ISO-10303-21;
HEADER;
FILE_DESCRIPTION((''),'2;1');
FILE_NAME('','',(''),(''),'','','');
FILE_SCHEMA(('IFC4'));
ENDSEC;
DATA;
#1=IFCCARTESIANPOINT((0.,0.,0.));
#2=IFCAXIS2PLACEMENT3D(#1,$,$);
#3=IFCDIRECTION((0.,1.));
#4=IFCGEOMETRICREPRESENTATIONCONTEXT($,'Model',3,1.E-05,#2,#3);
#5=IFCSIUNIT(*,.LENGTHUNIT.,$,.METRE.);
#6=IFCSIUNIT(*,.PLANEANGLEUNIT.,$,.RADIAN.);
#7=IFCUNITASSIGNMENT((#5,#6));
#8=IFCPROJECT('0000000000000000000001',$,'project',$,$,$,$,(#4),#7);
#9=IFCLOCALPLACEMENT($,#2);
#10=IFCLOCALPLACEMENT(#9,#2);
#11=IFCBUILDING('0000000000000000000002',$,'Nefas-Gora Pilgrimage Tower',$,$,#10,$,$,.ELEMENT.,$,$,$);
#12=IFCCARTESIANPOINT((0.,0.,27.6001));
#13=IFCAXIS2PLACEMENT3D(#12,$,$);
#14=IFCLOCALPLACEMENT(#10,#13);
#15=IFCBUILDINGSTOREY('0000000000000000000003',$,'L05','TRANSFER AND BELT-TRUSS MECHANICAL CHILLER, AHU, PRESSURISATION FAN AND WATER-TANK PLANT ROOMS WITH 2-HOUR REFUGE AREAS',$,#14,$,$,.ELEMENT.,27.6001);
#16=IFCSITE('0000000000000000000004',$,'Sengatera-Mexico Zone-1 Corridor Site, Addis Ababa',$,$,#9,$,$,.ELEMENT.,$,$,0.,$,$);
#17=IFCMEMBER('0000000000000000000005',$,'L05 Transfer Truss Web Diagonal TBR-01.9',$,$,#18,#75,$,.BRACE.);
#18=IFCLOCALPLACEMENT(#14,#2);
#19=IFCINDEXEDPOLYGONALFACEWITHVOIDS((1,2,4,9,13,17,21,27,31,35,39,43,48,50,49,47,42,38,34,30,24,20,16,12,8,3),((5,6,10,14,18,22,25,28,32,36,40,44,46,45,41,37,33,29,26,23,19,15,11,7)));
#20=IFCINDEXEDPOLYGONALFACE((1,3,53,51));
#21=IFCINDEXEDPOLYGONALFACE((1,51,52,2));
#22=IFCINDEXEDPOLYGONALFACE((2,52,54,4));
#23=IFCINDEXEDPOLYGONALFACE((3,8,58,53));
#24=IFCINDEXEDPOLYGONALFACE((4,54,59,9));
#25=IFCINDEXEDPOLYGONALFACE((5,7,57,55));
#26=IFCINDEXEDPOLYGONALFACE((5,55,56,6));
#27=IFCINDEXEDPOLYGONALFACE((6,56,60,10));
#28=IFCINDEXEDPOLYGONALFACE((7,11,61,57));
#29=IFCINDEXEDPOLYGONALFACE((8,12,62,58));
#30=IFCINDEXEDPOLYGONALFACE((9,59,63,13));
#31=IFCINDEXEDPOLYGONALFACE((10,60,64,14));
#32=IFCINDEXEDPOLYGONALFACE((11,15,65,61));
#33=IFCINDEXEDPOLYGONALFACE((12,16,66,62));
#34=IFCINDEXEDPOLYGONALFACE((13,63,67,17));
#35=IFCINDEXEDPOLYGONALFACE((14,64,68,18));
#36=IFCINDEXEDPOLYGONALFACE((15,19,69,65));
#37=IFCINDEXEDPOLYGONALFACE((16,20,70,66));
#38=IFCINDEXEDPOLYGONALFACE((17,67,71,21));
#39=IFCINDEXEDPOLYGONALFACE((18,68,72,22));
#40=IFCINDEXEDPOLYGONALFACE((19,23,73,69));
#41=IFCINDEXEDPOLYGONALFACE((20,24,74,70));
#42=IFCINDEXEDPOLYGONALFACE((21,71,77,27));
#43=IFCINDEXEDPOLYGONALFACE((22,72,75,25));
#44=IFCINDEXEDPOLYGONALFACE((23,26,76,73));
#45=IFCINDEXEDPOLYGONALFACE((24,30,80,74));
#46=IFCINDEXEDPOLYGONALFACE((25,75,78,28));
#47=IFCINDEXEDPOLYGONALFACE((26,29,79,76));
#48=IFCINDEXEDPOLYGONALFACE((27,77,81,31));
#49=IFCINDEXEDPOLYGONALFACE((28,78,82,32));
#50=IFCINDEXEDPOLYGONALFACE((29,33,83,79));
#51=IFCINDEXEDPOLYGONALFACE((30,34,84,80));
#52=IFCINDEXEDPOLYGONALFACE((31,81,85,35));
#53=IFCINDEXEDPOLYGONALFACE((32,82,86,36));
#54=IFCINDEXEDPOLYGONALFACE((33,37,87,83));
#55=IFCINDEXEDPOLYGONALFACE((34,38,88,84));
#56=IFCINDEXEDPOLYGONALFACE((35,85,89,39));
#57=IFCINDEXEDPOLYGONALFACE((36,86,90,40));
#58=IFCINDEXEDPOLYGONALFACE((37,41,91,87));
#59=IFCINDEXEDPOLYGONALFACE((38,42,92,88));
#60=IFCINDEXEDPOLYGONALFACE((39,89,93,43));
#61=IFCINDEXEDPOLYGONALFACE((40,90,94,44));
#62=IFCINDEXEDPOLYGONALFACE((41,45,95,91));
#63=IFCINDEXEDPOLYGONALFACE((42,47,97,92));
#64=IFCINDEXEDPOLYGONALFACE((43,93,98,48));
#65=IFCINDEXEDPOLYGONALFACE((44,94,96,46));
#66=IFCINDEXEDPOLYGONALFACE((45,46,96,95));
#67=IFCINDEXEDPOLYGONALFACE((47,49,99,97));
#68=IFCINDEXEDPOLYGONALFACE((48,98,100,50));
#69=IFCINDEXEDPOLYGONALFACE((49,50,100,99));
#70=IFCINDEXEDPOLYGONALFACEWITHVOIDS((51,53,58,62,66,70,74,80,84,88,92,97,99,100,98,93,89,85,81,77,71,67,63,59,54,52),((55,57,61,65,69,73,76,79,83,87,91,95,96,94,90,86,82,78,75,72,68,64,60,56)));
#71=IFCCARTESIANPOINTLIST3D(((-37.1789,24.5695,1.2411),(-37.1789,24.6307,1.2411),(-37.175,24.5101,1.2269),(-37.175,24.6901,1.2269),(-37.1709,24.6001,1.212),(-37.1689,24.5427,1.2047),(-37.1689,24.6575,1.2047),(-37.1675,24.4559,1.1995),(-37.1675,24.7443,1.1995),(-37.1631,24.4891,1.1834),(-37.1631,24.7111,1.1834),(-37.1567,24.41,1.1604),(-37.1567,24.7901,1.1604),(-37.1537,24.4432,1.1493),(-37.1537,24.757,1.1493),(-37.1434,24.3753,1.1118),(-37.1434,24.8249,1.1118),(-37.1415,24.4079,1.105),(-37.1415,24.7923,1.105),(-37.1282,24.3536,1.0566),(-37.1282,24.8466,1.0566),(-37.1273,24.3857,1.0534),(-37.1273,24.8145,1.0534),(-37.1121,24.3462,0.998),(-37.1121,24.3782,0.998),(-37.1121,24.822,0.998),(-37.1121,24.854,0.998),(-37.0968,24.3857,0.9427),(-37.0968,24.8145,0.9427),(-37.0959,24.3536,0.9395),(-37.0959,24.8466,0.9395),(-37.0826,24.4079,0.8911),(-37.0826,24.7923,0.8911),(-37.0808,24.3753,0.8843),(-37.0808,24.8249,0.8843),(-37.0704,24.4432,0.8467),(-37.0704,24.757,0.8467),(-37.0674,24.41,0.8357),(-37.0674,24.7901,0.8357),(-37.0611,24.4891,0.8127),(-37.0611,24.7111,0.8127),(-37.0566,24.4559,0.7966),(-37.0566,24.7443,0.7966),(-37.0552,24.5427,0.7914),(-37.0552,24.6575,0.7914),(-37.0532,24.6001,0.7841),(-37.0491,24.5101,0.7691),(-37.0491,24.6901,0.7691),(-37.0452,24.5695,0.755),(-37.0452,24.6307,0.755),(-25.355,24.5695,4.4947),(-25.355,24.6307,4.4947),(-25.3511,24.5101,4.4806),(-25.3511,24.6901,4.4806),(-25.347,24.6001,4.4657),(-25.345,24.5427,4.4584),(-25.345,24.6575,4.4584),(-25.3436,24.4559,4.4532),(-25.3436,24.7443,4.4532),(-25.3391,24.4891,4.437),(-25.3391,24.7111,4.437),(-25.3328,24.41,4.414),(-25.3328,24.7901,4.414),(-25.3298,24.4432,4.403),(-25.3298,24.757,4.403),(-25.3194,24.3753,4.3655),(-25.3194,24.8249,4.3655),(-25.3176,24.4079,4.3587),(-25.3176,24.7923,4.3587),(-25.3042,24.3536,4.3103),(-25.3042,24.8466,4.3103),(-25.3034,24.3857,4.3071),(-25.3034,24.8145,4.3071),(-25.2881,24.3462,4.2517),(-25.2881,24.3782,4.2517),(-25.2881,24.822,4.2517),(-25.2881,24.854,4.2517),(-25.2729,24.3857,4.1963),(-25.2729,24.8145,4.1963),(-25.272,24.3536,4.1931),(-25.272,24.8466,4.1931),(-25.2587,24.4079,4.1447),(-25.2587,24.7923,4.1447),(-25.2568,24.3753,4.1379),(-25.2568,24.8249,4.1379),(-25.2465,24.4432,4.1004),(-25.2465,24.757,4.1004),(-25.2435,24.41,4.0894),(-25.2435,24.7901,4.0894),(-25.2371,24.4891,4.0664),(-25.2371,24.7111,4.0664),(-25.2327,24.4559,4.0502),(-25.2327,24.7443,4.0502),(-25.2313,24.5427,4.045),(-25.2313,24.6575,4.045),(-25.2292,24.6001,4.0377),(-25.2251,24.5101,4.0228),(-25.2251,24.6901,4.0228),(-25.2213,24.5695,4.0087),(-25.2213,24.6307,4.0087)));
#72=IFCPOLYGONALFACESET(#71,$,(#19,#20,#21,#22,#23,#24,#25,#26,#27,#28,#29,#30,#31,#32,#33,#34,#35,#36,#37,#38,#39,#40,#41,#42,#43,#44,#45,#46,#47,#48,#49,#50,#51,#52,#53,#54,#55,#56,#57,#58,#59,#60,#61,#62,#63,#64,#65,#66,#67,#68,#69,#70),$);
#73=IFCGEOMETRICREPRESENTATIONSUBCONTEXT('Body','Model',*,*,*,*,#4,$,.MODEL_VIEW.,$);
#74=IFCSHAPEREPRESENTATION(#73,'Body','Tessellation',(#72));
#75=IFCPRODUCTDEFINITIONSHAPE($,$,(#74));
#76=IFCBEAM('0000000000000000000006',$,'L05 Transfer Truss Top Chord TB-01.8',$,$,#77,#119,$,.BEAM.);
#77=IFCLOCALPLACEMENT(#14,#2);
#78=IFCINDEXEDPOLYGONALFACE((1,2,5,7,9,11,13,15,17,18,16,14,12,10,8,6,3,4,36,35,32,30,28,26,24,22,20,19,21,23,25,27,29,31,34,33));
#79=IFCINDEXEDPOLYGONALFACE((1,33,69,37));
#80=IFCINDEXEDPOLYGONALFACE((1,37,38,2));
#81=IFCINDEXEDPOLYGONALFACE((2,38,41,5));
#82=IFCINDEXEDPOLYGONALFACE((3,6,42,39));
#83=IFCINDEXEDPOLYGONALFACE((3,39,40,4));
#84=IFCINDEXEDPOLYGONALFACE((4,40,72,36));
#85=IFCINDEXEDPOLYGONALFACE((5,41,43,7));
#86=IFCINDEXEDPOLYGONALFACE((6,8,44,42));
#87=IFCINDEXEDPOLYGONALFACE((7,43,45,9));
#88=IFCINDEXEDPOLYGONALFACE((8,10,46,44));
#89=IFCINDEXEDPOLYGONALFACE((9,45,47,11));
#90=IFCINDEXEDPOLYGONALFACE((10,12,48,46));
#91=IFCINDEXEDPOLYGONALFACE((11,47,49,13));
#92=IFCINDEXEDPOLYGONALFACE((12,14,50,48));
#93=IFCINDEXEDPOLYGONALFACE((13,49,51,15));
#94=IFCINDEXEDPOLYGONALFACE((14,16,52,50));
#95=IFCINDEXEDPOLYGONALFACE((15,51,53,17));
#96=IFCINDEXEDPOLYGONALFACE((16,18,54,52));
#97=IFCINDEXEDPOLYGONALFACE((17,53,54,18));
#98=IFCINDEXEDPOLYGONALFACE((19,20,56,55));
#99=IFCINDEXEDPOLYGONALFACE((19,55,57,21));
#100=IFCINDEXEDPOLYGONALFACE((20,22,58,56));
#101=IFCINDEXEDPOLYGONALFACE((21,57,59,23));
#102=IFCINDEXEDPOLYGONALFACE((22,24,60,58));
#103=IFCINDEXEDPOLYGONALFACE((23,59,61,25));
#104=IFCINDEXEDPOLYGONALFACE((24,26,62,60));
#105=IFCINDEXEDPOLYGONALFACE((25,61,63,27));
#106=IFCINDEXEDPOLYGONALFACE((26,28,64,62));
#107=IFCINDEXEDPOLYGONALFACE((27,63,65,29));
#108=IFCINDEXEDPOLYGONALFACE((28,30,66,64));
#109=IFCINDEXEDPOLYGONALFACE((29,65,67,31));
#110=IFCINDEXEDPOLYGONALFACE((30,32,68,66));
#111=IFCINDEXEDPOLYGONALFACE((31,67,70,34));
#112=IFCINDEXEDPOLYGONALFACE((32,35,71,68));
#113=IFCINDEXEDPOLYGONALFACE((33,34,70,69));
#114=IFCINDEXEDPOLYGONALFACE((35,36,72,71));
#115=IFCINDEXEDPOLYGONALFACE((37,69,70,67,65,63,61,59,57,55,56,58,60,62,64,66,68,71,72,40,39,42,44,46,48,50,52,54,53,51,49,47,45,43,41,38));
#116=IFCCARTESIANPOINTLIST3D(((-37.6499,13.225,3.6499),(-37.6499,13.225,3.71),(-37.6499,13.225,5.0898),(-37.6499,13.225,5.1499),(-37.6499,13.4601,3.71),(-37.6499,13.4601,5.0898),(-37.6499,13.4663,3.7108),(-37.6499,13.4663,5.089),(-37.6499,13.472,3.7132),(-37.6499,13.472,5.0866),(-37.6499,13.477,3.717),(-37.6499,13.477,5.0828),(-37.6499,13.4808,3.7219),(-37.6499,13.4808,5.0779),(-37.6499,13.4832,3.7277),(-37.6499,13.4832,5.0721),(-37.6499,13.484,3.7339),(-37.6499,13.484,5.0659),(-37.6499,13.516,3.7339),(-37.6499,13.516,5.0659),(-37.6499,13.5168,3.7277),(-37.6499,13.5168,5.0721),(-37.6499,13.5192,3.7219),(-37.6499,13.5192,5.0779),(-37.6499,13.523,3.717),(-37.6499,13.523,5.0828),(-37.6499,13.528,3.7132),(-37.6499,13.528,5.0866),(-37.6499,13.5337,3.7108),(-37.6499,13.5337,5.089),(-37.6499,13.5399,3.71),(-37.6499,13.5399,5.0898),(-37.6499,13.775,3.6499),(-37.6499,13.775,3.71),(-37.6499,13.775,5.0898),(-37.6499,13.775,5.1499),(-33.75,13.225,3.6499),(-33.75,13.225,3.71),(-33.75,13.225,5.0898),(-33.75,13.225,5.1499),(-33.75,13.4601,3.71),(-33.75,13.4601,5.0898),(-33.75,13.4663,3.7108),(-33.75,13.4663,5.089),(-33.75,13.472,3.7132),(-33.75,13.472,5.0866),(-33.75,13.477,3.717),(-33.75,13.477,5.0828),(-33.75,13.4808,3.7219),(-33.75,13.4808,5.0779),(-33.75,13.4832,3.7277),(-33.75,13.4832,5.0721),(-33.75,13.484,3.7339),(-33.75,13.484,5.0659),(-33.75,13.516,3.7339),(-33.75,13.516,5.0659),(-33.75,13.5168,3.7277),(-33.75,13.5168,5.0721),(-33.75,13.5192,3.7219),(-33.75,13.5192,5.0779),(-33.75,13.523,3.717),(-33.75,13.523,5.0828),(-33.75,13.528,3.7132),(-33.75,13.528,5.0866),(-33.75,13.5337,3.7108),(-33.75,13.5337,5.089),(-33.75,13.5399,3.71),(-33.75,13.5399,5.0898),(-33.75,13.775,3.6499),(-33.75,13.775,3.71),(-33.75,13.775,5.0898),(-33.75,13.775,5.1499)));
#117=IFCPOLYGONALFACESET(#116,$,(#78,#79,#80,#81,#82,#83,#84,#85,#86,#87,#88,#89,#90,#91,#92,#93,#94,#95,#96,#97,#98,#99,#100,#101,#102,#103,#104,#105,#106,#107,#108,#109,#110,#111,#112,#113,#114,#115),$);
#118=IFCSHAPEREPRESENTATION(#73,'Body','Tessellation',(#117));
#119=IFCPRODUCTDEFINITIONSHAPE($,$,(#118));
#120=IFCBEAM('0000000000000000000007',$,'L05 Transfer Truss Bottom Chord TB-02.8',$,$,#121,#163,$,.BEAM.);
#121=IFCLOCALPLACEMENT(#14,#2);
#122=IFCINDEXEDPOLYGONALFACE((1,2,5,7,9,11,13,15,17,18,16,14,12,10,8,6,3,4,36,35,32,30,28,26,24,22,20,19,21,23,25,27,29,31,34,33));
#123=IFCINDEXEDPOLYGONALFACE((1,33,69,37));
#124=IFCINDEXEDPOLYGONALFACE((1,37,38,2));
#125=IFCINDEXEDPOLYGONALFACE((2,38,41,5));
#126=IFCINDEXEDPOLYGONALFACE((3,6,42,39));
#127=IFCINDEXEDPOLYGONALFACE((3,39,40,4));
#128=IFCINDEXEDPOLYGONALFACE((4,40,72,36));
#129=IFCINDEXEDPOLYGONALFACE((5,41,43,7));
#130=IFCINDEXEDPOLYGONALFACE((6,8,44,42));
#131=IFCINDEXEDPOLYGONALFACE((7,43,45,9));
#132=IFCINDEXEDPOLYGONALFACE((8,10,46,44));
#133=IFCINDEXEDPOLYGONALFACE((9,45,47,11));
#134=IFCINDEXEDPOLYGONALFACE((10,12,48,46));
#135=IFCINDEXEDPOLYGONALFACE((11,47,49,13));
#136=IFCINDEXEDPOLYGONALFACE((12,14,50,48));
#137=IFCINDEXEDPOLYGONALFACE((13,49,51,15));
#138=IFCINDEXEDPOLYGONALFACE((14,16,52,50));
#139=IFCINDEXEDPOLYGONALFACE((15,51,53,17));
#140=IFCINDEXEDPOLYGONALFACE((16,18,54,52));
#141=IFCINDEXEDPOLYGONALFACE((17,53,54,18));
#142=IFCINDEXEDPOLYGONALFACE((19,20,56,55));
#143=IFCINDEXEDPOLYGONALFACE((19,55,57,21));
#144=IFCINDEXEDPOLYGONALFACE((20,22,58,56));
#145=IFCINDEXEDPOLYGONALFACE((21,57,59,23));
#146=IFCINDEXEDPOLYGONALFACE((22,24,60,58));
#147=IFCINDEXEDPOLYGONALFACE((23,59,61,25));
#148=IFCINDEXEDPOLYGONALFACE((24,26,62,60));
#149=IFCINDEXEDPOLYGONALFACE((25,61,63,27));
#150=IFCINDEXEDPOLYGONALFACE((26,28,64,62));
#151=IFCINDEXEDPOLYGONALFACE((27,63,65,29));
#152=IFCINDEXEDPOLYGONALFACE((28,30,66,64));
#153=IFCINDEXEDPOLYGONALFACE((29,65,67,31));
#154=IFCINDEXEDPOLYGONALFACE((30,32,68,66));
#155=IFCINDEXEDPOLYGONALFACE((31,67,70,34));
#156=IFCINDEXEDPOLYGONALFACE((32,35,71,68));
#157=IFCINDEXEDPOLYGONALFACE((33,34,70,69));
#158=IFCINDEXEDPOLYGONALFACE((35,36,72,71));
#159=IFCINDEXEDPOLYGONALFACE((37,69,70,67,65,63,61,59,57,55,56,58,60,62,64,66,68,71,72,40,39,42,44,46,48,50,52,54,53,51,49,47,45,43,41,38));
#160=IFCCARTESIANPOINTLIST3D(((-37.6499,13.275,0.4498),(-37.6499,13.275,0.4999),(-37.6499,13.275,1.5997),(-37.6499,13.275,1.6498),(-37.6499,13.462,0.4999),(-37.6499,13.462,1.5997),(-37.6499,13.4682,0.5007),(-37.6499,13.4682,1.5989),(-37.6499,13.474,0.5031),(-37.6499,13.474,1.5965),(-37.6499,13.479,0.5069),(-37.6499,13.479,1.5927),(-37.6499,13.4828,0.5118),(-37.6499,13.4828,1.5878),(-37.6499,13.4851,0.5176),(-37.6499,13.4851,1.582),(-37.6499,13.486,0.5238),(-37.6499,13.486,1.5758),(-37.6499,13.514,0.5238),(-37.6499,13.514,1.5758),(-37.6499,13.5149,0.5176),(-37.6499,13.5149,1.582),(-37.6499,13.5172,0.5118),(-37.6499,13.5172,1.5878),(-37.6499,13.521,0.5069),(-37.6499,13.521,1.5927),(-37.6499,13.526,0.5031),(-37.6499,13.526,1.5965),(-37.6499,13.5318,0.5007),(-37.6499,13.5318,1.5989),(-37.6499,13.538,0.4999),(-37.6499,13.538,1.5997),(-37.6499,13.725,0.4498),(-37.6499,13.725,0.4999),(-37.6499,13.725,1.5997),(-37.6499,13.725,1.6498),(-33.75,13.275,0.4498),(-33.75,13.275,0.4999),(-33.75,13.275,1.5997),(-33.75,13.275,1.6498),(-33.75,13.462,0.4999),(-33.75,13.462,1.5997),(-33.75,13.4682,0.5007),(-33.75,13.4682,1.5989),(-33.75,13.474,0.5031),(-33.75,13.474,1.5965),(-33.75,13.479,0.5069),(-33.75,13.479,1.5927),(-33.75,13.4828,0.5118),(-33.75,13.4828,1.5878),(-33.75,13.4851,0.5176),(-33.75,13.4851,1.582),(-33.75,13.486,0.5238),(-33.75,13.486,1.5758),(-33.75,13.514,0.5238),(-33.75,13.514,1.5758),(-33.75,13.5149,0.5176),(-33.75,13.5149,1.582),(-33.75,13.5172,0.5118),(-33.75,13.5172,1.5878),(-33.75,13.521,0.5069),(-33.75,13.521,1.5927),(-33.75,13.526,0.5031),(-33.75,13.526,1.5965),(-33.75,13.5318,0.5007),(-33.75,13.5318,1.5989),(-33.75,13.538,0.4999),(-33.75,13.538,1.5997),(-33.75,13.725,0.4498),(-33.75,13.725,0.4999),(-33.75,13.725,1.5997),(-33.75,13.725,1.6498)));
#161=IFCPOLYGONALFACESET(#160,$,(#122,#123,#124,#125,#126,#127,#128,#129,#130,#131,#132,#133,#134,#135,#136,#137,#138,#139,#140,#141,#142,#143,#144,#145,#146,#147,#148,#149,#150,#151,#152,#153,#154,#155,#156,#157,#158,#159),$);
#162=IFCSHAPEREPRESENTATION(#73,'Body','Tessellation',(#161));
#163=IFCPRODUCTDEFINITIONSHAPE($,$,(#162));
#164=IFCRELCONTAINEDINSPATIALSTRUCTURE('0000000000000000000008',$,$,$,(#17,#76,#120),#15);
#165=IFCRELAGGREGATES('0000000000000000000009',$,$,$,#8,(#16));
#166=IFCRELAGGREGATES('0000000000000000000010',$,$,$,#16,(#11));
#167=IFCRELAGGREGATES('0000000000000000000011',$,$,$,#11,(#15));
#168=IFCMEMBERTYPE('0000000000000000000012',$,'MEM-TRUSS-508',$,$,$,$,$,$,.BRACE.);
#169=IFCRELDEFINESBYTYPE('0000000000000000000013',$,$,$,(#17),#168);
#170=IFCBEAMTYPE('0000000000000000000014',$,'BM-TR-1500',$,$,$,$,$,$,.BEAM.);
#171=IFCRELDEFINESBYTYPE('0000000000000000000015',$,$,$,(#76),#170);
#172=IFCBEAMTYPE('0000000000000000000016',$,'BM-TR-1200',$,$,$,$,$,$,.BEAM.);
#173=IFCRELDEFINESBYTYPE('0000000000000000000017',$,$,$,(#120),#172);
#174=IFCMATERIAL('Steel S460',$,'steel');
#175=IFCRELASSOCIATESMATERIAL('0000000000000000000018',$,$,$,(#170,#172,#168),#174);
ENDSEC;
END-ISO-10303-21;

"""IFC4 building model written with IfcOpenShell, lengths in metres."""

from ifc_helpers import new_model, si_unit, direction, frame, origin, origin_2d, place, context, subcontext, project, spatial, hollow_circle, i_section, extrude, source, transform, mapped, material, material_profile, profile_set, type_object, element, save


model = new_model("IFC4")

# Units and contexts
model_context = context("Model", 3, precision=1e-05, world=origin(), true_north=direction((0.0, 1.0)))
body_context = subcontext(model_context, "Body", "Model", "MODEL_VIEW")
ifc_project = project(units=[si_unit("LENGTHUNIT", "METRE"), si_unit("PLANEANGLEUNIT", "RADIAN")], contexts=[model_context])

# Site, building, storey
site_placement = place(None, origin())
site = spatial("IfcSite", under=ifc_project, at=site_placement, Name="Sengatera-Mexico Zone-1 Corridor Site, Addis Ababa", CompositionType="ELEMENT", RefElevation=0.0)
building_placement = place(site_placement, origin())
building = spatial("IfcBuilding", under=site, at=building_placement, Name="Nefas-Gora Pilgrimage Tower", CompositionType="ELEMENT")
storey_placement = place(building_placement, frame((0.0, 0.0, 27.6001)))
storey = spatial("IfcBuildingStorey", under=building, at=storey_placement, Name="L05", Description="TRANSFER AND BELT-TRUSS MECHANICAL CHILLER, AHU, PRESSURISATION FAN AND WATER-TANK PLANT ROOMS WITH 2-HOUR REFUGE AREAS", CompositionType="ELEMENT", Elevation=27.6001)

# Shared definitions
ifc_material_1 = material(Name="Steel S460", Category="steel")

# Shared definitions
ifc_material_profile_1 = material_profile(ifc_material_1, i_section(OverallWidth=0.55, OverallDepth=1.5, WebThickness=0.032, FlangeThickness=0.0601, FilletRadius=0.0239, at=origin_2d()), Name="WPG 1500x550x32x60")
ifc_profile_set_1 = profile_set([ifc_material_profile_1], Name="Steel S460")
beam_type_1 = type_object("IfcBeamType", Name="BM-TR-1500", PredefinedType="BEAM", material=ifc_profile_set_1)
ifc_material_profile_2 = material_profile(ifc_material_1, i_section(OverallWidth=0.45, OverallDepth=1.2, WebThickness=0.0281, FlangeThickness=0.05, FilletRadius=0.0239, at=origin_2d()), Name="WPG 1200x450x28x50")
ifc_profile_set_2 = profile_set([ifc_material_profile_2], Name="Steel S460")
beam_type_2 = type_object("IfcBeamType", Name="BM-TR-1200", PredefinedType="BEAM", material=ifc_profile_set_2)

# Shared definitions
ifc_material_profile_3 = material_profile(ifc_material_1, hollow_circle(Radius=0.2539, WallThickness=0.032, at=origin_2d()), Name="CHS 508x32")
ifc_profile_set_3 = profile_set([ifc_material_profile_3], Name="Steel S460")
member_type = type_object("IfcMemberType", Name="MEM-TRUSS-508", PredefinedType="BRACE", material=ifc_profile_set_3)

# Member
shared_shape_1 = source(origin(), body_context, "Body", "SweptSolid", [
    extrude(hollow_circle(Radius=0.2539, WallThickness=0.032, at=origin_2d()), origin(), (0.0, 0.0, 1.0), 12.2634),
])
member_1_placement = place(storey_placement, frame((-37.1121, 24.6001, 0.998), z_axis=(0.964162, 0.0, 0.265313), x_axis=(0.0, 1.0, 0.0)))
element("IfcMember", 1, at=member_1_placement, inside=storey, type_object=member_type, Name="L05 Transfer Truss Web Diagonal TBR-01.9", PredefinedType="BRACE", context=body_context, shape_type="MappedRepresentation", body=[
    mapped(shared_shape_1, transform((0.0, 0.0, 0.0), x_axis=(1.0, 0.0, 0.0), y_axis=(0.0, 1.0, 0.0), z_axis=(0.0, 0.0, 1.0), scale=1.0)),
])

# Beams
shared_shape_2 = source(origin(), body_context, "Body", "SweptSolid", [
    extrude(i_section(OverallWidth=0.55, OverallDepth=1.5, WebThickness=0.032, FlangeThickness=0.0601, FilletRadius=0.0239, at=origin_2d()), origin(), (0.0, 0.0, 1.0), 3.8999),
])
beam_1_placement = place(storey_placement, frame((-37.6499, 13.5, 4.3999), z_axis=(1.0, 0.0, 0.0), x_axis=(0.0, 1.0, 0.0)))
element("IfcBeam", 2, at=beam_1_placement, inside=storey, type_object=beam_type_1, Name="L05 Transfer Truss Top Chord TB-01.8", PredefinedType="BEAM", context=body_context, shape_type="MappedRepresentation", body=[
    mapped(shared_shape_2, transform((0.0, 0.0, 0.0), x_axis=(1.0, 0.0, 0.0), y_axis=(0.0, 1.0, 0.0), z_axis=(0.0, 0.0, 1.0), scale=1.0)),
])
shared_shape_3 = source(origin(), body_context, "Body", "SweptSolid", [
    extrude(i_section(OverallWidth=0.45, OverallDepth=1.2, WebThickness=0.0281, FlangeThickness=0.05, FilletRadius=0.0239, at=origin_2d()), origin(), (0.0, 0.0, 1.0), 3.8999),
])
beam_2_placement = place(storey_placement, frame((-37.6499, 13.5, 1.0498), z_axis=(1.0, 0.0, 0.0), x_axis=(0.0, 1.0, 0.0)))
element("IfcBeam", 3, at=beam_2_placement, inside=storey, type_object=beam_type_2, Name="L05 Transfer Truss Bottom Chord TB-02.8", PredefinedType="BEAM", context=body_context, shape_type="MappedRepresentation", body=[
    mapped(shared_shape_3, transform((0.0, 0.0, 0.0), x_axis=(1.0, 0.0, 0.0), y_axis=(0.0, 1.0, 0.0), z_axis=(0.0, 0.0, 1.0), scale=1.0)),
])

save(model, "model.ifc")
